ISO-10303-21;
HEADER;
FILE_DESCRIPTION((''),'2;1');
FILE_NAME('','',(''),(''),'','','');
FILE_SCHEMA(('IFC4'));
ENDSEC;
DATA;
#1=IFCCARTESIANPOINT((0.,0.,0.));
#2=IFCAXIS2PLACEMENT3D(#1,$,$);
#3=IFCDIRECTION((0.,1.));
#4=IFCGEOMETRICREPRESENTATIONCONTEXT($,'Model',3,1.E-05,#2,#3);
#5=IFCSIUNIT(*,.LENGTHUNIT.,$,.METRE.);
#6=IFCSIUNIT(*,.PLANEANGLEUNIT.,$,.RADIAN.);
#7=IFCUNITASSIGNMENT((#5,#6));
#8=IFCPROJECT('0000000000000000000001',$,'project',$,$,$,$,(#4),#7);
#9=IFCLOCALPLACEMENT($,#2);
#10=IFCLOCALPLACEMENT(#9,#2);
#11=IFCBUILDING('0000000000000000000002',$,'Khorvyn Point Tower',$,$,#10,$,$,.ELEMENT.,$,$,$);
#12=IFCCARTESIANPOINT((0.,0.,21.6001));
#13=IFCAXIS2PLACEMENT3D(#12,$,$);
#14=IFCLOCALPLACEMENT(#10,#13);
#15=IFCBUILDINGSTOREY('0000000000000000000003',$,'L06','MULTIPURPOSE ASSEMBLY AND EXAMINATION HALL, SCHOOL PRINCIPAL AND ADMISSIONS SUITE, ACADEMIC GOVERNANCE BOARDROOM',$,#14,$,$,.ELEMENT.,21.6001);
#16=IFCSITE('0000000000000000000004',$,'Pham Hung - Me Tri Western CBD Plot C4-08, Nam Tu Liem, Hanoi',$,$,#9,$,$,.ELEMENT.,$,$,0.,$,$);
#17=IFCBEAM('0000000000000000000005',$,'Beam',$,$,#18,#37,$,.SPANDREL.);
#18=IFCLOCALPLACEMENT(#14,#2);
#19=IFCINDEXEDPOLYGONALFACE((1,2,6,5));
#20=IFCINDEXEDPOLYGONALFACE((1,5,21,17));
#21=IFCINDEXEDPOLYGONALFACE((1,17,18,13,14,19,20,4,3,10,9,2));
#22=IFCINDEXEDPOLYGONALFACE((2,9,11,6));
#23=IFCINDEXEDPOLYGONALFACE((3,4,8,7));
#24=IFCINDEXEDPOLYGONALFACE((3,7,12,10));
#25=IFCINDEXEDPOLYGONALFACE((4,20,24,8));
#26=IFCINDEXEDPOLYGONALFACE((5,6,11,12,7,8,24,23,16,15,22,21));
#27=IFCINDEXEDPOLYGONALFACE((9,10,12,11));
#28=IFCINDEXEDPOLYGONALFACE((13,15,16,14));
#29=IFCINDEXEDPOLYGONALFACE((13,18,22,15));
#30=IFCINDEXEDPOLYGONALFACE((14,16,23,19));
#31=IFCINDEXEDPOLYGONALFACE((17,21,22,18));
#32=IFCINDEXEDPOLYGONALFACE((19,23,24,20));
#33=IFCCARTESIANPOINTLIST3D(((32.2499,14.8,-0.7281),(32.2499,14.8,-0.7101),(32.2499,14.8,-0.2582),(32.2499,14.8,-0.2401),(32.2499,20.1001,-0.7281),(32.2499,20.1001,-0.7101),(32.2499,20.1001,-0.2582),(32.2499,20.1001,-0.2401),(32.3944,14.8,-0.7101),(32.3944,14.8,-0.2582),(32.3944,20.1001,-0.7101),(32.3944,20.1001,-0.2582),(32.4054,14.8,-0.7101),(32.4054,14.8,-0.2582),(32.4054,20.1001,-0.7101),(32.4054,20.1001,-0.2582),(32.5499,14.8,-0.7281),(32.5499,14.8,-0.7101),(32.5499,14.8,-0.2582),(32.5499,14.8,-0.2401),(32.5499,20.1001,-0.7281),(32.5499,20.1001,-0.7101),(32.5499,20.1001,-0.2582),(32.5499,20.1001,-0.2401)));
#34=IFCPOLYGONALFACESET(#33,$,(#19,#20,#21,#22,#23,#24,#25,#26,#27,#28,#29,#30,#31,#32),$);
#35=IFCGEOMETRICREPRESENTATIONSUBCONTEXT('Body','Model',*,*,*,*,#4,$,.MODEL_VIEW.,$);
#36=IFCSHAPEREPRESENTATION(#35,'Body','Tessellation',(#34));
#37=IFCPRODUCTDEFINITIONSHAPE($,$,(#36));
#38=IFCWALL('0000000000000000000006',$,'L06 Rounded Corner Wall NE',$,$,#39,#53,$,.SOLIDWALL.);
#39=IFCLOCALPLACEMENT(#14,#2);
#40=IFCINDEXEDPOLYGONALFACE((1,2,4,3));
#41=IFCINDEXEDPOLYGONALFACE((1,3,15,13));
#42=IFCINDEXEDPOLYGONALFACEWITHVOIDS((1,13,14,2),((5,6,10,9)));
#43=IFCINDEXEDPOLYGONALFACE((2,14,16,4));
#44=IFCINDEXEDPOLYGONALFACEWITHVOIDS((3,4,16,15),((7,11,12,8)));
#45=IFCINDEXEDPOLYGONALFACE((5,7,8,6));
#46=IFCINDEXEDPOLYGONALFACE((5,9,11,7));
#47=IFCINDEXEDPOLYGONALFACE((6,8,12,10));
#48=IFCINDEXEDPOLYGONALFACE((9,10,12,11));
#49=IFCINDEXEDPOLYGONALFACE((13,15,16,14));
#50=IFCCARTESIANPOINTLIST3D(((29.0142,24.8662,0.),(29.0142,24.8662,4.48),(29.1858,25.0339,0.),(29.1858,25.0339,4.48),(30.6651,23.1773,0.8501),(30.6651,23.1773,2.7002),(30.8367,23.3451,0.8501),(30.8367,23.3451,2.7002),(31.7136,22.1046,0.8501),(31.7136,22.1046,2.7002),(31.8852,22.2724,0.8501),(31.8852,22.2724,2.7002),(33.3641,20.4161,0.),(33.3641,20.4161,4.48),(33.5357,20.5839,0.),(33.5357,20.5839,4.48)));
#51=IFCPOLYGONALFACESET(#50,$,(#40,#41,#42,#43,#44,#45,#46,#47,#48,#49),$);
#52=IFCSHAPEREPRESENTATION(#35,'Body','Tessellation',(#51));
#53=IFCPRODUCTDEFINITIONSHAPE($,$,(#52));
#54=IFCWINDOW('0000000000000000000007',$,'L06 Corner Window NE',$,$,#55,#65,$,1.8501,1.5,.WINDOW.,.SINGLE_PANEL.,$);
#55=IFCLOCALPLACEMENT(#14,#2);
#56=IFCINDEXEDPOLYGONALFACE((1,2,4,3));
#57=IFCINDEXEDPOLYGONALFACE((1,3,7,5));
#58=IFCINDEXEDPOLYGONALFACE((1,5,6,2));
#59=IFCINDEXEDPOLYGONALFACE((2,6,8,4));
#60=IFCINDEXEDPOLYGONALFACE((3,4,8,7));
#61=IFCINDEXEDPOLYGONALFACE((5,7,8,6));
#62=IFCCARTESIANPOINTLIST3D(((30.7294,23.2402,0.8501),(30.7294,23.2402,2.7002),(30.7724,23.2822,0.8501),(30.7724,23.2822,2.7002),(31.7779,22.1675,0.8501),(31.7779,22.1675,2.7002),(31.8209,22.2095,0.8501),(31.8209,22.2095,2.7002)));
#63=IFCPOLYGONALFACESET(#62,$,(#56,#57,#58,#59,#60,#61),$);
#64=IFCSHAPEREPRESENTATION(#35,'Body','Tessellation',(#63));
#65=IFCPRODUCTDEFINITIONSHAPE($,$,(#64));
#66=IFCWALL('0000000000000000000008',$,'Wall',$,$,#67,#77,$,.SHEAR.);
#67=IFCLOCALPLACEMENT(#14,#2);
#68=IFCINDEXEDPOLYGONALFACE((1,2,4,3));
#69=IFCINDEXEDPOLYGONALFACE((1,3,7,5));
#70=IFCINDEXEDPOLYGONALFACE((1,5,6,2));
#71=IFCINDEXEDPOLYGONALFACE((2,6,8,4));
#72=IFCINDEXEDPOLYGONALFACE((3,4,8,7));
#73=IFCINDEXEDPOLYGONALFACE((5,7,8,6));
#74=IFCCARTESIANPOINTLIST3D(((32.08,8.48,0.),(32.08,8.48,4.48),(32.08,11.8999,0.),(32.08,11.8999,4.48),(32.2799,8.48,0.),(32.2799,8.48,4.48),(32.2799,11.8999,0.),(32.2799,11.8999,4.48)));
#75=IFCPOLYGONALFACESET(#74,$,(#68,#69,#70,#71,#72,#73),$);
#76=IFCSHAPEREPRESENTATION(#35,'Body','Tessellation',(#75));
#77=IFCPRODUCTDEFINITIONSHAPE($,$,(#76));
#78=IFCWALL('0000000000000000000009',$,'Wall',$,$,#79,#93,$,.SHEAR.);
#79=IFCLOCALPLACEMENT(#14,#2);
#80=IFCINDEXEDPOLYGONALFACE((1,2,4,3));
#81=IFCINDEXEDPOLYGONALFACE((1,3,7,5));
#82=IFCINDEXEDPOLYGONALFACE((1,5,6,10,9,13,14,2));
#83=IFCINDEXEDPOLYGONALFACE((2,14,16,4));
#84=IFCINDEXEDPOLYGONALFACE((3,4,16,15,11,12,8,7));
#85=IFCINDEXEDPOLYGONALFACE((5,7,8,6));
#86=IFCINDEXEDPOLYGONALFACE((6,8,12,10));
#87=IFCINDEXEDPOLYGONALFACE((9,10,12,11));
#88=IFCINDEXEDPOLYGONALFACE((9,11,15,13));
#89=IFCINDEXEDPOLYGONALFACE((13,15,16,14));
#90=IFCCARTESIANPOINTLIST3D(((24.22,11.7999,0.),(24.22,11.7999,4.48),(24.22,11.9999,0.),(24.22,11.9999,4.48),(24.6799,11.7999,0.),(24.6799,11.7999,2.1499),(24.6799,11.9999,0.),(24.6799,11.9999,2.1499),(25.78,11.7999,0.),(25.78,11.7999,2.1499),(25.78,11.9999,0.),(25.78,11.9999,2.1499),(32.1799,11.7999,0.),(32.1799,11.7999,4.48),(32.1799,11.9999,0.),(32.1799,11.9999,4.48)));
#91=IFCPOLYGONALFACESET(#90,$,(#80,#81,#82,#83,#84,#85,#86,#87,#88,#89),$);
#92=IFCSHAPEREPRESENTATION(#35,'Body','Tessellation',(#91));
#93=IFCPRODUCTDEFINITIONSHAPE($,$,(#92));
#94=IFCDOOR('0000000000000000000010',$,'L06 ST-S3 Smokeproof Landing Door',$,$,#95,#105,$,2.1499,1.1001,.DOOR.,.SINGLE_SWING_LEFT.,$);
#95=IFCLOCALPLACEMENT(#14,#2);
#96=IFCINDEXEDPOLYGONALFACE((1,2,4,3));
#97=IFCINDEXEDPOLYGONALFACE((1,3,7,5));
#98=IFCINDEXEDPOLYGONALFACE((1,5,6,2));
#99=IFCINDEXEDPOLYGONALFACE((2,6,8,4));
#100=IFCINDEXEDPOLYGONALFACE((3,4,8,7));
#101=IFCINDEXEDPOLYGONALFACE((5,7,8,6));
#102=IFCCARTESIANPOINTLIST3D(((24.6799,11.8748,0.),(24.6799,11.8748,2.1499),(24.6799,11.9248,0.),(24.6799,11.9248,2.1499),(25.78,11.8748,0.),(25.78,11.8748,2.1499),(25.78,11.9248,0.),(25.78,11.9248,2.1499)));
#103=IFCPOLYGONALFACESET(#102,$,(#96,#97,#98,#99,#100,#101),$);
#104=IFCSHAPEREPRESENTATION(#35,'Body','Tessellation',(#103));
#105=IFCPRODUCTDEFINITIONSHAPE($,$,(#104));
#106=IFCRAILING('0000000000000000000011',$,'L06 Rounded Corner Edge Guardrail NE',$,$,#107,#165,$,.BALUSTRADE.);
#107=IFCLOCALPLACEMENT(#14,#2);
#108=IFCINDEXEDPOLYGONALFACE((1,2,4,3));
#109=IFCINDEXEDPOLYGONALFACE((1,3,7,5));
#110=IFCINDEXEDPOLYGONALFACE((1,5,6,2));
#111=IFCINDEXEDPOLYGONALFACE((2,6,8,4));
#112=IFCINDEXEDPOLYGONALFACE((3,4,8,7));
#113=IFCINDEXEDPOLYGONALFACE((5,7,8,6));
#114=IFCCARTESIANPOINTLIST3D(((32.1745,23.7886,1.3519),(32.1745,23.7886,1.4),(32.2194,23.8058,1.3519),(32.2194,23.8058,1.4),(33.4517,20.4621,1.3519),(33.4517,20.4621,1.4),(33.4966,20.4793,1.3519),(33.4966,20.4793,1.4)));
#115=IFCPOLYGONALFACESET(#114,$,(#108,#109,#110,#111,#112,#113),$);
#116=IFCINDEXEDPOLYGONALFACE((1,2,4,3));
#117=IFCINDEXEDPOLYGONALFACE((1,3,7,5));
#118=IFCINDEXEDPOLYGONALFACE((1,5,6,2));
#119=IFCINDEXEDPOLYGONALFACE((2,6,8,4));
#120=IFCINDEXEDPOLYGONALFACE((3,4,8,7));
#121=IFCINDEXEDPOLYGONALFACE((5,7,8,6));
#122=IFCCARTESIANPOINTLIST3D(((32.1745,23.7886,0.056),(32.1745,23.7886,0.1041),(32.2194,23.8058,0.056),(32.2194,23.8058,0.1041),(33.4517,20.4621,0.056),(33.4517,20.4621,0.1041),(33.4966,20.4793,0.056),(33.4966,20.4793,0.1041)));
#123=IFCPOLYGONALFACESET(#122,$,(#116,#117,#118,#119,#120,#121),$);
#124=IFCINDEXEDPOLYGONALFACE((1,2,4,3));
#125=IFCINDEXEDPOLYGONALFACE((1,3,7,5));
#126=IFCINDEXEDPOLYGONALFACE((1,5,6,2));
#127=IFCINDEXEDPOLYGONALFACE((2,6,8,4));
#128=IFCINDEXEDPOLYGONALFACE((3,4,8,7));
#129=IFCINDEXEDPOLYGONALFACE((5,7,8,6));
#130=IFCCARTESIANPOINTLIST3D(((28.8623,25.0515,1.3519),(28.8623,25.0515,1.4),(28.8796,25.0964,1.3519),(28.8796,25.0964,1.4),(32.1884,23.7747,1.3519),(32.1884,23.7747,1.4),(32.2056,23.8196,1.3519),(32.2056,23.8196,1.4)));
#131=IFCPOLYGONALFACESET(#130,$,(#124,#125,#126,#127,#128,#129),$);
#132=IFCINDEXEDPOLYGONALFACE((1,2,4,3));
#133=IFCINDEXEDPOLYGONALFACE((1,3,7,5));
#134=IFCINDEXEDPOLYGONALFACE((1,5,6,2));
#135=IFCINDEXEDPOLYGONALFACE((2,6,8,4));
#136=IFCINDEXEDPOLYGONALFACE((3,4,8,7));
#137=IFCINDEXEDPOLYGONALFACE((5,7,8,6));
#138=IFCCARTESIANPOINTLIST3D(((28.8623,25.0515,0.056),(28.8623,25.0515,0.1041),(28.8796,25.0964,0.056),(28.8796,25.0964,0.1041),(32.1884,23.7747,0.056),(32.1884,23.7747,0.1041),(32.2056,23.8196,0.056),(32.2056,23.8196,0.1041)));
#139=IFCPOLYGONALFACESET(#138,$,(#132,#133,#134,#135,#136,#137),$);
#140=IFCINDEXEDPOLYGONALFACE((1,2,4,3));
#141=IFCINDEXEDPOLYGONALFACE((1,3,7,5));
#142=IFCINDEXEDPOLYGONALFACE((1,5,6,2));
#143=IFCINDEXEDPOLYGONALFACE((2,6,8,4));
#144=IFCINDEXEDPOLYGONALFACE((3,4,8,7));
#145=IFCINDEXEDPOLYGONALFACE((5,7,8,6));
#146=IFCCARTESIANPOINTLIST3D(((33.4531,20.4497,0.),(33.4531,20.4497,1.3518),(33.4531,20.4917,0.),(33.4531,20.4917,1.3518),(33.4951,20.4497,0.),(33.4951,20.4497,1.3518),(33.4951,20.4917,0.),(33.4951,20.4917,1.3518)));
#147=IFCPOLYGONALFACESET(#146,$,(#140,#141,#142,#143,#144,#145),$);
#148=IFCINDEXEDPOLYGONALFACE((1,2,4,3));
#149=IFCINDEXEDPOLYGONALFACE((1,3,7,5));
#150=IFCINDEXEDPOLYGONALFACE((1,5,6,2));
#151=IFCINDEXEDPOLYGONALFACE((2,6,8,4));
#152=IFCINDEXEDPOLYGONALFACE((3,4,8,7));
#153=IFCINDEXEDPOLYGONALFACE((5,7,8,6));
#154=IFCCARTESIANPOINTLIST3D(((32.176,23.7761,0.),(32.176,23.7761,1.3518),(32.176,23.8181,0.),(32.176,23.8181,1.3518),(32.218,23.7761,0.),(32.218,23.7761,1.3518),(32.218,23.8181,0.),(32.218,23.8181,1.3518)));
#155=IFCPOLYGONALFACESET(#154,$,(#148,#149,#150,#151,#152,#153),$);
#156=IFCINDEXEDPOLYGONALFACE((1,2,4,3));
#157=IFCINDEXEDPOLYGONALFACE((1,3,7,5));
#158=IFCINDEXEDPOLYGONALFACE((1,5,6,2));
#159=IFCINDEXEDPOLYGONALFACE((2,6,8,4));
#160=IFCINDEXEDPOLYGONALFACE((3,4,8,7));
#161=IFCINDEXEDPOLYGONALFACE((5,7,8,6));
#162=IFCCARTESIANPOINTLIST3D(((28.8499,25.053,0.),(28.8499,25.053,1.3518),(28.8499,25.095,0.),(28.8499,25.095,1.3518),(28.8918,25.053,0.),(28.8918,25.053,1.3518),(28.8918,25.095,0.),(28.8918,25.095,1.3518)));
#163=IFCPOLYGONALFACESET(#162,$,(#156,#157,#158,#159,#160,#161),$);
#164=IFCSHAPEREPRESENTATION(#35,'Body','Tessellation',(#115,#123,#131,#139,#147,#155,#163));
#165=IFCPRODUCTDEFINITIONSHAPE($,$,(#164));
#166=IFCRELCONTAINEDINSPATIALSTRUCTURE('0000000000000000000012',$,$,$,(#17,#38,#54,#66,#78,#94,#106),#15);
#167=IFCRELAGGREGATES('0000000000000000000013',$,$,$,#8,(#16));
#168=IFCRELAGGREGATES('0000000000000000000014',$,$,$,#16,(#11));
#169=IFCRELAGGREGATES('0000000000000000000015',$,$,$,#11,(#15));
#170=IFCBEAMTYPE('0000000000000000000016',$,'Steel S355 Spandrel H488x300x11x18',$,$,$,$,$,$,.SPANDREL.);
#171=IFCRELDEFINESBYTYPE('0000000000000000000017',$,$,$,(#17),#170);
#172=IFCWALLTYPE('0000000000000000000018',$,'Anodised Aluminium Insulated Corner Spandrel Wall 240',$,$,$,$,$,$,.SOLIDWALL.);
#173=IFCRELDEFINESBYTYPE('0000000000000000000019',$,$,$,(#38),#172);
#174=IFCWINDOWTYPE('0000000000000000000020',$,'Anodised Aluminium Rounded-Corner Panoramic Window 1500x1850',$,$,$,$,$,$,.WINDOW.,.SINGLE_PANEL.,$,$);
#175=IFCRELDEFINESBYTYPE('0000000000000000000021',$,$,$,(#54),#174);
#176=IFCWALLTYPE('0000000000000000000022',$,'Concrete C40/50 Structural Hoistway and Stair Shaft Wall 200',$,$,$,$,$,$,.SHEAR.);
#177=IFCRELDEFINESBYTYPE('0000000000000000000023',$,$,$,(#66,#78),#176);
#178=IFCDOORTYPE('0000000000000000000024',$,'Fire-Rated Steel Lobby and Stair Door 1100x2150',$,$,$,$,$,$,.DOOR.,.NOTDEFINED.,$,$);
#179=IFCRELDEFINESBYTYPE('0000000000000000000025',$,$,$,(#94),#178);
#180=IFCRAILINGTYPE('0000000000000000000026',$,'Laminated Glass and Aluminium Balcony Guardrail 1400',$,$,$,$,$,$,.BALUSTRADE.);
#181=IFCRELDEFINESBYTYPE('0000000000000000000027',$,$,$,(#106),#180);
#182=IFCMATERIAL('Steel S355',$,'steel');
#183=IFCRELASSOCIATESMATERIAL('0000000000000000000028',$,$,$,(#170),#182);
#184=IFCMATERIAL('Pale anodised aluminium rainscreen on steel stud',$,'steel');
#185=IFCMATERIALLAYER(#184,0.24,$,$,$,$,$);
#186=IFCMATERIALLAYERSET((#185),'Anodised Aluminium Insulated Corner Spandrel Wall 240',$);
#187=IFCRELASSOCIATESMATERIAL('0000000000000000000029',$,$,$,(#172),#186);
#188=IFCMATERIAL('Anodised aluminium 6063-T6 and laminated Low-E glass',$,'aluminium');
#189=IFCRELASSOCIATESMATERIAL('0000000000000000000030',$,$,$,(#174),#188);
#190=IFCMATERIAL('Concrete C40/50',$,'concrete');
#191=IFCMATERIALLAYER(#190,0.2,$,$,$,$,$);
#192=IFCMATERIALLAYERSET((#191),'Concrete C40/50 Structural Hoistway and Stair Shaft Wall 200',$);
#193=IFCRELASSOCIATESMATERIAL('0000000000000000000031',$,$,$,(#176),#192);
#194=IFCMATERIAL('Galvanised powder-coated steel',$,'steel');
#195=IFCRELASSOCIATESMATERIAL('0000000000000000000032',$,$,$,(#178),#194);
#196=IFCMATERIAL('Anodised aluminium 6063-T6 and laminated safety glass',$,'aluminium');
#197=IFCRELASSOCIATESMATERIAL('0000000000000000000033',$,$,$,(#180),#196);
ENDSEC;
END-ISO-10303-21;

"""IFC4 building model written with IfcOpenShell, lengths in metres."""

from ifc_helpers import new_model, si_unit, direction, frame, frame_2d, origin, origin_2d, place, context, subcontext, project, spatial, rectangle, i_section, extrude, material, layer, layer_set, material_profile, profile_set, type_object, element, fill, save


model = new_model("IFC4")

# Units and contexts
model_context = context("Model", 3, precision=1e-05, world=origin(), true_north=direction((0.0, 1.0)))
body_context = subcontext(model_context, "Body", "Model", "MODEL_VIEW")
ifc_project = project(units=[si_unit("LENGTHUNIT", "METRE"), si_unit("PLANEANGLEUNIT", "RADIAN")], contexts=[model_context])

# Site, building, storey
site_placement = place(None, origin())
site = spatial("IfcSite", under=ifc_project, at=site_placement, Name="Pham Hung - Me Tri Western CBD Plot C4-08, Nam Tu Liem, Hanoi", CompositionType="ELEMENT", RefElevation=0.0)
building_placement = place(site_placement, origin())
building = spatial("IfcBuilding", under=site, at=building_placement, Name="Khorvyn Point Tower", CompositionType="ELEMENT")
storey_placement = place(building_placement, frame((0.0, 0.0, 21.6001)))
storey = spatial("IfcBuildingStorey", under=building, at=storey_placement, Name="L06", Description="MULTIPURPOSE ASSEMBLY AND EXAMINATION HALL, SCHOOL PRINCIPAL AND ADMISSIONS SUITE, ACADEMIC GOVERNANCE BOARDROOM", CompositionType="ELEMENT", Elevation=21.6001)

# Shared definitions
ifc_material_1 = material(Name="Concrete C40/50", Category="concrete")

# Beam
ifc_material_2 = material(Name="Steel S355", Category="steel")
ifc_material_profile_1 = material_profile(ifc_material_2, i_section(OverallWidth=0.3, OverallDepth=0.488, WebThickness=0.011, FlangeThickness=0.0181, at=origin_2d()))
ifc_profile_set_1 = profile_set([ifc_material_profile_1], Name="Steel S355 H488x300x11x18")
beam_type_1 = type_object("IfcBeamType", Name="Steel S355 Spandrel H488x300x11x18", PredefinedType="SPANDREL", material=ifc_profile_set_1)
beam_1_placement = place(storey_placement, frame((32.3999, 14.8, -0.4841), z_axis=(0.0, 1.0, 0.0), x_axis=(-1.0, 0.0, 0.0)))
element("IfcBeam", 1, at=beam_1_placement, inside=storey, type_object=beam_type_1, Name="Beam", PredefinedType="SPANDREL", context=body_context, shape_type="SweptSolid", body=[
    extrude(i_section(OverallWidth=0.3, OverallDepth=0.488, WebThickness=0.011, FlangeThickness=0.0181, at=origin_2d()), origin(), (0.0, 0.0, 1.0), 5.3),
])

# Wall, opening, window
ifc_material_3 = material(Name="Pale anodised aluminium rainscreen on steel stud", Category="steel")
ifc_layer_1 = layer(ifc_material_3, 0.24)
ifc_layer_set_1 = layer_set([ifc_layer_1], Name="Anodised Aluminium Insulated Corner Spandrel Wall 240")
wall_type_1 = type_object("IfcWallType", Name="Anodised Aluminium Insulated Corner Spandrel Wall 240", PredefinedType="SOLIDWALL", material=ifc_layer_set_1)
wall_1_placement = place(storey_placement, frame((29.1001, 24.95, 0.0), z_axis=(0.0, 0.0, 1.0), x_axis=(0.699018, -0.715104, 0.0)))
wall_1 = element("IfcWall", 2, at=wall_1_placement, inside=storey, type_object=wall_type_1, Name="L06 Rounded Corner Wall NE", PredefinedType="SOLIDWALL", context=body_context, shape_type="SweptSolid", body=[
    extrude(rectangle(XDim=6.2229, YDim=0.24, at=frame_2d((3.1113, 0.0))), origin(), (0.0, 0.0, 1.0), 4.48),
])
opening_1_placement = place(wall_1_placement, frame((2.3616, 0.0, 0.8501)))
opening_1 = element("IfcOpeningElement", 3, at=opening_1_placement, cuts=wall_1, PredefinedType="OPENING", context=body_context, shape_type="SweptSolid", body=[
    extrude(rectangle(XDim=1.5, YDim=1.8501, at=frame_2d((0.75, 0.925))), frame((0.0, 0.1299, 0.0), z_axis=(0.0, -1.0, 0.0), x_axis=(1.0, 0.0, 0.0)), (0.0, 0.0, 1.0), 0.26),
])
ifc_material_4 = material(Name="Anodised aluminium 6063-T6 and laminated Low-E glass", Category="aluminium")
window_type = type_object("IfcWindowType", Name="Anodised Aluminium Rounded-Corner Panoramic Window 1500x1850", PartitioningType="SINGLE_PANEL", PredefinedType="WINDOW", material=ifc_material_4)
window_placement = place(opening_1_placement, origin())
window = element("IfcWindow", 4, at=window_placement, inside=storey, type_object=window_type, Name="L06 Corner Window NE", OverallHeight=1.8501, OverallWidth=1.5, PartitioningType="SINGLE_PANEL", PredefinedType="WINDOW", context=body_context, shape_type="SweptSolid", body=[
    extrude(rectangle(XDim=1.5, YDim=1.8501, at=frame_2d((0.75, 0.925))), frame((0.0, 0.03, 0.0), z_axis=(0.0, -1.0, 0.0), x_axis=(1.0, 0.0, 0.0)), (0.0, 0.0, 1.0), 0.0601),
])
fill(opening_1, window)

# Wall
ifc_layer_2 = layer(ifc_material_1, 0.2)
ifc_layer_set_2 = layer_set([ifc_layer_2], Name="Concrete C40/50 Structural Hoistway and Stair Shaft Wall 200")
wall_type_2 = type_object("IfcWallType", Name="Concrete C40/50 Structural Hoistway and Stair Shaft Wall 200", PredefinedType="SHEAR", material=ifc_layer_set_2)
wall_2_placement = place(storey_placement, frame((32.1799, 11.8999, 0.0), z_axis=(0.0, 0.0, 1.0), x_axis=(0.0, -1.0, 0.0)))
element("IfcWall", 5, at=wall_2_placement, inside=storey, type_object=wall_type_2, Name="Wall", PredefinedType="SHEAR", context=body_context, shape_type="SweptSolid", body=[
    extrude(rectangle(XDim=3.4199, YDim=0.2, at=frame_2d((1.71, 0.0))), origin(), (0.0, 0.0, 1.0), 4.48),
])

# Wall, opening, door
wall_3_placement = place(storey_placement, frame((24.22, 11.8999, 0.0), z_axis=(0.0, 0.0, 1.0), x_axis=(1.0, 0.0, 0.0)))
wall_3 = element("IfcWall", 6, at=wall_3_placement, inside=storey, type_object=wall_type_2, Name="Wall", PredefinedType="SHEAR", context=body_context, shape_type="SweptSolid", body=[
    extrude(rectangle(XDim=7.96, YDim=0.2, at=frame_2d((3.98, 0.0))), origin(), (0.0, 0.0, 1.0), 4.48),
])
opening_2_placement = place(wall_3_placement, frame((0.46, 0.0, 0.0)))
opening_2 = element("IfcOpeningElement", 7, at=opening_2_placement, cuts=wall_3, PredefinedType="OPENING", context=body_context, shape_type="SweptSolid", body=[
    extrude(rectangle(XDim=1.1001, YDim=2.1499, at=frame_2d((0.55, 1.075))), frame((0.0, 0.1099, 0.0), z_axis=(0.0, -1.0, 0.0), x_axis=(1.0, 0.0, 0.0)), (0.0, 0.0, 1.0), 0.22),
])
ifc_material_5 = material(Name="Galvanised powder-coated steel", Category="steel")
door_type = type_object("IfcDoorType", Name="Fire-Rated Steel Lobby and Stair Door 1100x2150", OperationType="NOTDEFINED", PredefinedType="DOOR", material=ifc_material_5)
door_placement = place(opening_2_placement, origin())
door = element("IfcDoor", 8, at=door_placement, inside=storey, type_object=door_type, Name="L06 ST-S3 Smokeproof Landing Door", OperationType="SINGLE_SWING_LEFT", OverallHeight=2.1499, OverallWidth=1.1001, PredefinedType="DOOR", context=body_context, shape_type="SweptSolid", body=[
    extrude(rectangle(XDim=1.1001, YDim=2.1499, at=frame_2d((0.55, 1.075))), frame((0.0, 0.0249, 0.0), z_axis=(0.0, -1.0, 0.0), x_axis=(1.0, 0.0, 0.0)), (0.0, 0.0, 1.0), 0.05),
])
fill(opening_2, door)

# Railing
ifc_material_6 = material(Name="Anodised aluminium 6063-T6 and laminated safety glass", Category="aluminium")
railing_type_1 = type_object("IfcRailingType", Name="Laminated Glass and Aluminium Balcony Guardrail 1400", PredefinedType="BALUSTRADE", material=ifc_material_6)
railing_1_placement = place(storey_placement, frame((33.4741, 20.4707, 0.0)))
element("IfcRailing", 9, at=railing_1_placement, inside=storey, type_object=railing_type_1, Name="L06 Rounded Corner Edge Guardrail NE", PredefinedType="BALUSTRADE", context=body_context, shape_type="SweptSolid", body=[
    extrude(rectangle(XDim=0.0481, YDim=0.0481, at=origin_2d()), frame((0.0, 0.0, 1.376), z_axis=(-0.358419, 0.933561, 0.0), x_axis=(-0.933561, -0.358419, 0.0)), (0.0, 0.0, 1.0), 3.5632),
    extrude(rectangle(XDim=0.0481, YDim=0.0481, at=origin_2d()), frame((0.0, 0.0, 0.0801), z_axis=(-0.358419, 0.933561, 0.0), x_axis=(-0.933561, -0.358419, 0.0)), (0.0, 0.0, 1.0), 3.5632),
    extrude(rectangle(XDim=0.0481, YDim=0.0481, at=origin_2d()), frame((-1.2771, 3.3264, 1.376), z_axis=(-0.933575, 0.358382, 0.0), x_axis=(-0.358382, -0.933575, 0.0)), (0.0, 0.0, 1.0), 3.5627),
    extrude(rectangle(XDim=0.0481, YDim=0.0481, at=origin_2d()), frame((-1.2771, 3.3264, 0.0801), z_axis=(-0.933575, 0.358382, 0.0), x_axis=(-0.358382, -0.933575, 0.0)), (0.0, 0.0, 1.0), 3.5627),
    extrude(rectangle(XDim=0.042, YDim=0.042, at=origin_2d()), origin(), (0.0, 0.0, 1.0), 1.3518),
    extrude(rectangle(XDim=0.042, YDim=0.042, at=origin_2d()), frame((-1.2771, 3.3264, 0.0)), (0.0, 0.0, 1.0), 1.3518),
    extrude(rectangle(XDim=0.042, YDim=0.042, at=origin_2d()), frame((-4.6033, 4.6033, 0.0)), (0.0, 0.0, 1.0), 1.3518),
])

save(model, "model.ifc")
